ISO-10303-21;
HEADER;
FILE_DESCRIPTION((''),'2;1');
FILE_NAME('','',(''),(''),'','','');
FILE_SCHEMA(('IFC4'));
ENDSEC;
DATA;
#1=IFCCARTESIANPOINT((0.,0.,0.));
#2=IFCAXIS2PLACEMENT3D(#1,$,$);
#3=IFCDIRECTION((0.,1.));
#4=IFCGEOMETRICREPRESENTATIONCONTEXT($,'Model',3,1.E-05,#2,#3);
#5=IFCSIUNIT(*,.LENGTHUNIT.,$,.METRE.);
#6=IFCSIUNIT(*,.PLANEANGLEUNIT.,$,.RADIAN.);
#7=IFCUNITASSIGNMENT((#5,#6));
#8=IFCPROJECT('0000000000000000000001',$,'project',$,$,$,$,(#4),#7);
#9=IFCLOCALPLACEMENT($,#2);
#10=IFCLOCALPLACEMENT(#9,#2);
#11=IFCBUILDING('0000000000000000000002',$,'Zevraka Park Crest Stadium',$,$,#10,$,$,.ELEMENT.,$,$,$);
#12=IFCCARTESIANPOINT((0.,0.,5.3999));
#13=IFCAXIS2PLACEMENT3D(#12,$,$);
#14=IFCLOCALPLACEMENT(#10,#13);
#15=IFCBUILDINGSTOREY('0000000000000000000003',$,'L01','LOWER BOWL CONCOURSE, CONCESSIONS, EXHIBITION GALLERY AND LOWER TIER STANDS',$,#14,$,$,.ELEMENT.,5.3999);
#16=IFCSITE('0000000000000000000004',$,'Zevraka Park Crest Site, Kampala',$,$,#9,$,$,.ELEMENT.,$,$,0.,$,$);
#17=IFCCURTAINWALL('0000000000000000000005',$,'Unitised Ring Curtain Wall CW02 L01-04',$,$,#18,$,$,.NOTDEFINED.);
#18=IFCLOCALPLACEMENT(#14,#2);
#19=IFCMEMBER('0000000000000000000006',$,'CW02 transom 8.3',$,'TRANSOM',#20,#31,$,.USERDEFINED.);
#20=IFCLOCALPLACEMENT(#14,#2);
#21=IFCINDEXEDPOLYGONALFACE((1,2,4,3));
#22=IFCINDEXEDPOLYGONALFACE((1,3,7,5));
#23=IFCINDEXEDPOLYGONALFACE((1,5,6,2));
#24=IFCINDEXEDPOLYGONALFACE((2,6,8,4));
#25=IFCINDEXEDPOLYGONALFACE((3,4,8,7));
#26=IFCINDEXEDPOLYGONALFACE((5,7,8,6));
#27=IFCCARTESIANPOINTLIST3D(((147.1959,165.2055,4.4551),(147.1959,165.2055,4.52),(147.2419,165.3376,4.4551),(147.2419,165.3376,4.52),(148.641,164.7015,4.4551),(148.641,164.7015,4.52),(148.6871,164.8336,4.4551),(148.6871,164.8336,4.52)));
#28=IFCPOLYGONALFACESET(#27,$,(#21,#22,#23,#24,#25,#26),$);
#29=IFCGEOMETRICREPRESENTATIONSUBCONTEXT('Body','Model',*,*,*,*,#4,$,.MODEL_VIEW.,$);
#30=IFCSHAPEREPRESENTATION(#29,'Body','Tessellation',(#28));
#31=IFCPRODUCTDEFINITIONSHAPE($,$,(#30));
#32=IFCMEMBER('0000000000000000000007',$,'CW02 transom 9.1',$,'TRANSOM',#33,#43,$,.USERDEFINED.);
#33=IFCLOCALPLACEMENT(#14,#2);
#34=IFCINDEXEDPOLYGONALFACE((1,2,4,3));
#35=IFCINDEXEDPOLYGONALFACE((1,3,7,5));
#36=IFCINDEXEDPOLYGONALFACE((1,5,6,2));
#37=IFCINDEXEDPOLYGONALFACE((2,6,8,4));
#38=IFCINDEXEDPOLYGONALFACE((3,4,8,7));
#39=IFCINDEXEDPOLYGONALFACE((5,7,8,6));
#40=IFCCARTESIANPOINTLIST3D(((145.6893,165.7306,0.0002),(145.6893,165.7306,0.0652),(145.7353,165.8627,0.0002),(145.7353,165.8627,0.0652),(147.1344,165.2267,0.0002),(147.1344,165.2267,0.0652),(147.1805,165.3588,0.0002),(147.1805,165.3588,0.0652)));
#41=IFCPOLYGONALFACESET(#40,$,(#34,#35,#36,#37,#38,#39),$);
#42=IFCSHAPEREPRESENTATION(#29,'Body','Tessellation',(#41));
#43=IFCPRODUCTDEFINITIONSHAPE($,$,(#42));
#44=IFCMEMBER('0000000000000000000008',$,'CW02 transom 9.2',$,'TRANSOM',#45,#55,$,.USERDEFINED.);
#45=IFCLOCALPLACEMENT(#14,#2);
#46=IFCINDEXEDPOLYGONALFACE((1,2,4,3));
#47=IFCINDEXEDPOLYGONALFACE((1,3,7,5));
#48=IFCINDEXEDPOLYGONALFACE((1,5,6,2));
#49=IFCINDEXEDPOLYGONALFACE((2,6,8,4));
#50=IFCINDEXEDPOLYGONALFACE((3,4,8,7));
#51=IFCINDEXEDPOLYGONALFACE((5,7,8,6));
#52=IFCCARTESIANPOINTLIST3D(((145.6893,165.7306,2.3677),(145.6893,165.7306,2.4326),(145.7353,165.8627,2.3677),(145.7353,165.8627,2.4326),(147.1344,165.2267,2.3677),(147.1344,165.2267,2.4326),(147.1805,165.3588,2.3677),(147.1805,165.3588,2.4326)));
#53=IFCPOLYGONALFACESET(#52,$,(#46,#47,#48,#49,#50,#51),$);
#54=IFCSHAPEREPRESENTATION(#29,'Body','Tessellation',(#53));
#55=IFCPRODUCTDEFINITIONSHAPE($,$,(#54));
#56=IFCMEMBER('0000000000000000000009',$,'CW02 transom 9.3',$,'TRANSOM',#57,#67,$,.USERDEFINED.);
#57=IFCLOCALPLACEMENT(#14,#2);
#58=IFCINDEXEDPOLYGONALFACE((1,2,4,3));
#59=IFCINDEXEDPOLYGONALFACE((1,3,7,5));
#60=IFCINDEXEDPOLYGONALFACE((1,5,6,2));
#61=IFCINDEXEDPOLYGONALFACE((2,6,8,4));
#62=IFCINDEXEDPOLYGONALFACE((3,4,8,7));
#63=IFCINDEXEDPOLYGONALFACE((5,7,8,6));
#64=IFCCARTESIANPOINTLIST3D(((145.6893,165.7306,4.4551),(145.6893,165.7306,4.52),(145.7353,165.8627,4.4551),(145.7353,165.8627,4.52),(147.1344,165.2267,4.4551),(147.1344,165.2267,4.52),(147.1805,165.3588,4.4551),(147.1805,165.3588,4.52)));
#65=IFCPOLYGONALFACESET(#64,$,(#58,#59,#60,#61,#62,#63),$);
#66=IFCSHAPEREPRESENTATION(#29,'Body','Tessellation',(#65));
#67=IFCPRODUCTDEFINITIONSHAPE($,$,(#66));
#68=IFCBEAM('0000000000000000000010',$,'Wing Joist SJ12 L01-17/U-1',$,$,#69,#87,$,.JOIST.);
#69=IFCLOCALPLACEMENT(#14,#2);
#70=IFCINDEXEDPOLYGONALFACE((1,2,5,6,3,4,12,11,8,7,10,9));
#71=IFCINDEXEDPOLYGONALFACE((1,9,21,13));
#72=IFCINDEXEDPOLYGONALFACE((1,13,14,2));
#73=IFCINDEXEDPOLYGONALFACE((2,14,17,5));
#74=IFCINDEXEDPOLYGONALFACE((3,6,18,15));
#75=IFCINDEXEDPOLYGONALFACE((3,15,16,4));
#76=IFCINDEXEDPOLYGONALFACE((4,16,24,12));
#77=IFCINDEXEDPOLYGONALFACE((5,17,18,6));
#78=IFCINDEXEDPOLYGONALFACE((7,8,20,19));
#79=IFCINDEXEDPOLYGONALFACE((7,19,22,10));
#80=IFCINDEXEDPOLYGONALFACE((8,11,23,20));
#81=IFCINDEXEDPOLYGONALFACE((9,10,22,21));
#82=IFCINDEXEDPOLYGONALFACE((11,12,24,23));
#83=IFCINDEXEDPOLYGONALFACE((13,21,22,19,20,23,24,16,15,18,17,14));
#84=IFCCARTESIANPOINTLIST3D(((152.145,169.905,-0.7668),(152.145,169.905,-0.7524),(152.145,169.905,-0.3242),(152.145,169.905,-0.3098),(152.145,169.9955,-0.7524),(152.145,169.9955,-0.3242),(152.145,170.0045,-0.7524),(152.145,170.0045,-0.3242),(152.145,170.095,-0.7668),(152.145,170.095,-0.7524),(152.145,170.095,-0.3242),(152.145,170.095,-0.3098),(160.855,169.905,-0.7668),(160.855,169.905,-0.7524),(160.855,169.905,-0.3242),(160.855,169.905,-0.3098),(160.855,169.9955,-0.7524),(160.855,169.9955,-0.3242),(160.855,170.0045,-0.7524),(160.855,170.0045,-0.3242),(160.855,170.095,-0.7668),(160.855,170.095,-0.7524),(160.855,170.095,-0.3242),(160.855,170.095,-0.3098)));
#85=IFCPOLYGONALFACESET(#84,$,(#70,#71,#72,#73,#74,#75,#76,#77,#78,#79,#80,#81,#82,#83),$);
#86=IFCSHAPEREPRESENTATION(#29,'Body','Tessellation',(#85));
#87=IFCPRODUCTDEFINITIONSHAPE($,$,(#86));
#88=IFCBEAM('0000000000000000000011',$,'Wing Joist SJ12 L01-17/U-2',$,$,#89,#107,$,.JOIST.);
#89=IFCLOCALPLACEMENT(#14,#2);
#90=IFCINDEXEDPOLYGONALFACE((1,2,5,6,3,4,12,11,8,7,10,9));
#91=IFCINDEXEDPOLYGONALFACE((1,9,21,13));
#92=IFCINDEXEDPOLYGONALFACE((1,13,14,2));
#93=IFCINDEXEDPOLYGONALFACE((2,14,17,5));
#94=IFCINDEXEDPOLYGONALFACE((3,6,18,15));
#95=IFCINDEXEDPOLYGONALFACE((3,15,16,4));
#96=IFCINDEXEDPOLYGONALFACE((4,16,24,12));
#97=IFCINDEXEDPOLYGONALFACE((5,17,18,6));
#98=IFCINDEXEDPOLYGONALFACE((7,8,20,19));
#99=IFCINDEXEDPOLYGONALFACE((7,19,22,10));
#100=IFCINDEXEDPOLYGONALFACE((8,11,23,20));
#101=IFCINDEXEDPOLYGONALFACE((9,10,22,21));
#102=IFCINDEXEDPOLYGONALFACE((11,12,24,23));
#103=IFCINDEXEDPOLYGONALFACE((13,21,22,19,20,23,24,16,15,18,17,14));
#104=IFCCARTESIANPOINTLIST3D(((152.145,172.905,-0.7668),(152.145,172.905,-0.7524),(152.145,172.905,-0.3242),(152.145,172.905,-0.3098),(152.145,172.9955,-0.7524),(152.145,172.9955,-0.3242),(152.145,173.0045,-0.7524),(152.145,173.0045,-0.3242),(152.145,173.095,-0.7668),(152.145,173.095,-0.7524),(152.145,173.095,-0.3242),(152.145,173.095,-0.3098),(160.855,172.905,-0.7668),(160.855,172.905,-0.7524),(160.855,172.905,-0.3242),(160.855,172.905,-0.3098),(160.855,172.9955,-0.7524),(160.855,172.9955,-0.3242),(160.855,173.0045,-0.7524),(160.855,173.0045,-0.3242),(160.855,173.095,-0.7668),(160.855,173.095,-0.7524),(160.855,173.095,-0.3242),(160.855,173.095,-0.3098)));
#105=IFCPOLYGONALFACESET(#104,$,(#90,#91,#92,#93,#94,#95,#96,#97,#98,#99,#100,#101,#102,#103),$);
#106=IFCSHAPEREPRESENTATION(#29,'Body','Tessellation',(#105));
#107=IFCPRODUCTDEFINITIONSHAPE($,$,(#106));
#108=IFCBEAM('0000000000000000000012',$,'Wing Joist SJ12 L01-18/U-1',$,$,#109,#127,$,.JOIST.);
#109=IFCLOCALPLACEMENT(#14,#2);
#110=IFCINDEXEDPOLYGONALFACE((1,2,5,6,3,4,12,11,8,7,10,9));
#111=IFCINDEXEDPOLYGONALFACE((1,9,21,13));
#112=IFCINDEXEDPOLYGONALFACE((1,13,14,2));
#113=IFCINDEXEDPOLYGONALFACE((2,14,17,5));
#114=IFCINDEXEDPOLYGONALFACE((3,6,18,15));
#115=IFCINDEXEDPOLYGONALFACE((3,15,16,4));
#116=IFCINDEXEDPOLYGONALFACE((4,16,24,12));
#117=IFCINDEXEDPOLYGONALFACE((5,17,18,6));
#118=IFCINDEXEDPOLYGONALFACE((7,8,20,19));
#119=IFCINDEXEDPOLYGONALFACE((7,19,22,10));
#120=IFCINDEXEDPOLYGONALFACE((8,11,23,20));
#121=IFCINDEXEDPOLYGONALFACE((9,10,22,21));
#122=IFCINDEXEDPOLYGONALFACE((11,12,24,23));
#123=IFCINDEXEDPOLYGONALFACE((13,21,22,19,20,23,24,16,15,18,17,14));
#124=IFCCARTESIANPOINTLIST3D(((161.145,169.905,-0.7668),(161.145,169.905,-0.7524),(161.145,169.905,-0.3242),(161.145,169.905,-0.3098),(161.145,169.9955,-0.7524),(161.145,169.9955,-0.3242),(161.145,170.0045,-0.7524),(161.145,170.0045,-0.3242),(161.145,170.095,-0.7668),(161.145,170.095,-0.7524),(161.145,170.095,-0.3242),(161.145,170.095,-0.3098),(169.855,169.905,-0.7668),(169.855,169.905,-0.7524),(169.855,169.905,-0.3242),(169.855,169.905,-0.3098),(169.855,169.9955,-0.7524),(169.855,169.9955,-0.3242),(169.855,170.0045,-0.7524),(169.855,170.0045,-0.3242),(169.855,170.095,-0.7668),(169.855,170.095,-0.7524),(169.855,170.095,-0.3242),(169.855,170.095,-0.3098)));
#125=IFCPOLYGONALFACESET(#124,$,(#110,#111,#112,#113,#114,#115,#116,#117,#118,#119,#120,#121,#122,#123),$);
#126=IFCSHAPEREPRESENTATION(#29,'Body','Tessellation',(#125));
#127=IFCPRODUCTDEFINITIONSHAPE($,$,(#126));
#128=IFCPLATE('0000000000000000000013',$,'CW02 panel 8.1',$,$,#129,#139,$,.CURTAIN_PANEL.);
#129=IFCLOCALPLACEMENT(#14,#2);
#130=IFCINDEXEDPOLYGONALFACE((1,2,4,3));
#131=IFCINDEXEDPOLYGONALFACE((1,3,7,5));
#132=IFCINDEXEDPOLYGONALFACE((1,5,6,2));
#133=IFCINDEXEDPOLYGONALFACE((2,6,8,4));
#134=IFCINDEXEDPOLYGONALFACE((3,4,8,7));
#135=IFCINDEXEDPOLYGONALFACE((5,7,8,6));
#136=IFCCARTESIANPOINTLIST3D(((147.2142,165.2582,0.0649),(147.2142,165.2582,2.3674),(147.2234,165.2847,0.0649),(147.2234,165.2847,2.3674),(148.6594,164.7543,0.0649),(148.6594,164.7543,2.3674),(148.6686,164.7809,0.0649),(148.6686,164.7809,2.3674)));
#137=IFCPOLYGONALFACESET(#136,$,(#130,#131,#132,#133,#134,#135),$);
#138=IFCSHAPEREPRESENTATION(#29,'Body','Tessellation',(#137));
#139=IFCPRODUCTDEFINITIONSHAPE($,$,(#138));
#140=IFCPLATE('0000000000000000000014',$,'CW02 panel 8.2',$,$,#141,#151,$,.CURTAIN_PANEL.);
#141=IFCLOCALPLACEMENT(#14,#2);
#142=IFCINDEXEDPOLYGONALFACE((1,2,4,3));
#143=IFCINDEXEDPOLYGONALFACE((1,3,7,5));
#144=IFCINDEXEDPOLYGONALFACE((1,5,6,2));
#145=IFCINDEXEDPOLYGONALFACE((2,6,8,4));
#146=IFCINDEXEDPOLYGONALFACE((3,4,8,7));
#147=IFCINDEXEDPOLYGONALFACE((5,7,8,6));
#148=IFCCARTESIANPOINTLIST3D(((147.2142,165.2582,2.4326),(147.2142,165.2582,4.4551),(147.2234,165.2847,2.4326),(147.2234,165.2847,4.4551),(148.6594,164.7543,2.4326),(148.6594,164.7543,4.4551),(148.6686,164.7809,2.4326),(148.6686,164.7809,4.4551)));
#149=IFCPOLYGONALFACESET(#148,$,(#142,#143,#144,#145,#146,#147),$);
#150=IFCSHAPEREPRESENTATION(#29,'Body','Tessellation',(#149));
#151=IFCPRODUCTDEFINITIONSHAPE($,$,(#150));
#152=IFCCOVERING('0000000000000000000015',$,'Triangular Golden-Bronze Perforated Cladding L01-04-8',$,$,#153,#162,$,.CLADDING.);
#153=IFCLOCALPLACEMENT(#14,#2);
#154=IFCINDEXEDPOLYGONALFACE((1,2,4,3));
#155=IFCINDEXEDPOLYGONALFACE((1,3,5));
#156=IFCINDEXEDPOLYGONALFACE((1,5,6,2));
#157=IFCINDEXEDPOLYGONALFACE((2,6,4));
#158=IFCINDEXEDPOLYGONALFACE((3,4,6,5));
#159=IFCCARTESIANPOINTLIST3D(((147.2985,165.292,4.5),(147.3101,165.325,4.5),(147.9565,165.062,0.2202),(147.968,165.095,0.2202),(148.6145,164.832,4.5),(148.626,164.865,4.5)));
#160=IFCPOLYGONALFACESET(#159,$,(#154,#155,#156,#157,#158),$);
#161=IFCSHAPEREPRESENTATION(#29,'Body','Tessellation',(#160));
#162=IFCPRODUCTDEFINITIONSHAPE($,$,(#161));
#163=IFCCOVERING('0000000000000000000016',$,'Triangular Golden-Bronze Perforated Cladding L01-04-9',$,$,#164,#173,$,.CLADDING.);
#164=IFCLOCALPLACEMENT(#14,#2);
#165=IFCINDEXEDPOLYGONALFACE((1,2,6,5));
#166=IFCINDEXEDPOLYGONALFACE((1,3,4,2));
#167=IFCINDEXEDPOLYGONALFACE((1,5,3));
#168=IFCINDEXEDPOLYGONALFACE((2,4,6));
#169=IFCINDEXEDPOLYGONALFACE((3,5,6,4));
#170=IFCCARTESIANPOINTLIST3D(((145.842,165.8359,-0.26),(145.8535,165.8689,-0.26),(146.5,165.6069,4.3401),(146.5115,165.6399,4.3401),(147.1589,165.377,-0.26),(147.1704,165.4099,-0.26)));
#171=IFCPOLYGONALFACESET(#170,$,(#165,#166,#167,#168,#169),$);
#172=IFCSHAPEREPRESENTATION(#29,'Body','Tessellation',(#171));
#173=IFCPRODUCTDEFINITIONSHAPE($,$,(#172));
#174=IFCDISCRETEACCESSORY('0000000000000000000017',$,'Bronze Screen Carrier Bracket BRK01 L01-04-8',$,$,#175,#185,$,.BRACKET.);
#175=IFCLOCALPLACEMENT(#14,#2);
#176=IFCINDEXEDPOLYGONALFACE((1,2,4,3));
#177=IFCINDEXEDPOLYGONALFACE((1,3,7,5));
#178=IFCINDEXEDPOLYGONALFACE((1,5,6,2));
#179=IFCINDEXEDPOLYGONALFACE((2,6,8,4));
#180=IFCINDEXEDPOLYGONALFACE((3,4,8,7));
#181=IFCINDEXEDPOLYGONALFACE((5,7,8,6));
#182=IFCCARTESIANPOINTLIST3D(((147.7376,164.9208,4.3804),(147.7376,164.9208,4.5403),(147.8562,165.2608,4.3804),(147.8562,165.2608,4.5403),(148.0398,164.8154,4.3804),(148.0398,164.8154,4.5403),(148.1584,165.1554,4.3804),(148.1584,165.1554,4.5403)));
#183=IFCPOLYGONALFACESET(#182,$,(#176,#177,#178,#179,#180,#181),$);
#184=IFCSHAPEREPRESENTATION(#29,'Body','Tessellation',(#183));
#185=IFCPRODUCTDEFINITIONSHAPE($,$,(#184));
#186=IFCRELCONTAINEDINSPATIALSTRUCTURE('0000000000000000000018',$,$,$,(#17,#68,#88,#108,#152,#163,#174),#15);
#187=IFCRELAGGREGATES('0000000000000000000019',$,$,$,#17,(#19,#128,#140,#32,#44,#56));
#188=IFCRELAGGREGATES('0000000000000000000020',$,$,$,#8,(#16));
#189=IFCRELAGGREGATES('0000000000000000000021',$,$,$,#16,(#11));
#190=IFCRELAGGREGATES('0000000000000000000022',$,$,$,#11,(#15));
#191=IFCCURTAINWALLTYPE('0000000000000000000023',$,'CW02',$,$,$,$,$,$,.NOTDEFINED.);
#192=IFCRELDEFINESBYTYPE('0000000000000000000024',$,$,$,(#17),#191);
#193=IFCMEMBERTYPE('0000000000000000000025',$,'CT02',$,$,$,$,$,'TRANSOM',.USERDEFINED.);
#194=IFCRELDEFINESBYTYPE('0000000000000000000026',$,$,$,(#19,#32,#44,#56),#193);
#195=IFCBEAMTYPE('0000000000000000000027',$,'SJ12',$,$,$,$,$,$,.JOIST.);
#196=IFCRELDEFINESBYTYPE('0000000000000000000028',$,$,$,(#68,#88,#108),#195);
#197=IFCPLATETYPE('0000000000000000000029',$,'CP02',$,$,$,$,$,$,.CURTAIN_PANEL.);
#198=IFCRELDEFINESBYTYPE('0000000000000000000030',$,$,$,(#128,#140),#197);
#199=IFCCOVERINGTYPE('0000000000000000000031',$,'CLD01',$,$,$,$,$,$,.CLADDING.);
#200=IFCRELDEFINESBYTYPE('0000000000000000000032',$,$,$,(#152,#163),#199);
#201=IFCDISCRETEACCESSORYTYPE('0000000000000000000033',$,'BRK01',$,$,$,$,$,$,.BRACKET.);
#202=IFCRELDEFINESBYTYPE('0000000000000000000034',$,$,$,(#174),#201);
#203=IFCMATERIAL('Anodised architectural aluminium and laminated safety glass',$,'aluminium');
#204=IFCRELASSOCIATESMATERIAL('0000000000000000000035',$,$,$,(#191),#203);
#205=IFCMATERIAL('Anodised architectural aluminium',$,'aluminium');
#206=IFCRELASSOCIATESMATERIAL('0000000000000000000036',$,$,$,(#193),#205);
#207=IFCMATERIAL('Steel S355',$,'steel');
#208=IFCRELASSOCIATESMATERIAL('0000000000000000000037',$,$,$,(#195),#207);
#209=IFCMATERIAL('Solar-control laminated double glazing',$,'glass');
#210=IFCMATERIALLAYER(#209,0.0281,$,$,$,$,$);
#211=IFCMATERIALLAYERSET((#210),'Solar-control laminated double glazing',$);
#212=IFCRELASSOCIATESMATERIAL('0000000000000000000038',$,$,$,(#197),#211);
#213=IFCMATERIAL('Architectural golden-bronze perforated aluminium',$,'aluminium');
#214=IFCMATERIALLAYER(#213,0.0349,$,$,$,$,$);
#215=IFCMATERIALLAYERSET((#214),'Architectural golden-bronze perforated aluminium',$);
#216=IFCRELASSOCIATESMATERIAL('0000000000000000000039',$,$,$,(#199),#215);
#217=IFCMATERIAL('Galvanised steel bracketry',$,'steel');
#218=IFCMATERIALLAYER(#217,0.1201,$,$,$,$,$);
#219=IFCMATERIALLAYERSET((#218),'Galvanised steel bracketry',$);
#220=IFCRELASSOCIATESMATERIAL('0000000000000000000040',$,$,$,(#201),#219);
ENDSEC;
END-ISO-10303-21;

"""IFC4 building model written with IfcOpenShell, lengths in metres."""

from ifc_helpers import new_model, si_unit, direction, frame, origin, origin_2d, place, context, subcontext, project, spatial, polyline, rectangle, i_section, outline, extrude, material, layer, layer_set, material_profile, profile_set, type_object, element, aggregate, save


model = new_model("IFC4")

# Units and contexts
model_context = context("Model", 3, precision=1e-05, world=origin(), true_north=direction((0.0, 1.0)))
body_context = subcontext(model_context, "Body", "Model", "MODEL_VIEW")
ifc_project = project(units=[si_unit("LENGTHUNIT", "METRE"), si_unit("PLANEANGLEUNIT", "RADIAN")], contexts=[model_context])

# Site, building, storey
site_placement = place(None, origin())
site = spatial("IfcSite", under=ifc_project, at=site_placement, Name="Zevraka Park Crest Site, Kampala", CompositionType="ELEMENT", RefElevation=0.0)
building_placement = place(site_placement, origin())
building = spatial("IfcBuilding", under=site, at=building_placement, Name="Zevraka Park Crest Stadium", CompositionType="ELEMENT")
storey_placement = place(building_placement, frame((0.0, 0.0, 5.3999)))
storey = spatial("IfcBuildingStorey", under=building, at=storey_placement, Name="L01", Description="LOWER BOWL CONCOURSE, CONCESSIONS, EXHIBITION GALLERY AND LOWER TIER STANDS", CompositionType="ELEMENT", Elevation=5.3999)

# Curtain wall, members
ifc_material_1 = material(Name="Anodised architectural aluminium and laminated safety glass", Category="aluminium")
curtain_wall_type = type_object("IfcCurtainWallType", Name="CW02", PredefinedType="NOTDEFINED", material=ifc_material_1)
curtain_wall_placement = place(storey_placement, origin())
curtain_wall = element("IfcCurtainWall", 1, at=curtain_wall_placement, inside=storey, type_object=curtain_wall_type, Name="Unitised Ring Curtain Wall CW02 L01-04", PredefinedType="NOTDEFINED")
ifc_material_2 = material(Name="Anodised architectural aluminium", Category="aluminium")
ifc_material_profile_1 = material_profile(ifc_material_2, rectangle(XDim=0.1399, YDim=0.0649, at=origin_2d()), Name="ALU TRANSOM 140x65")
ifc_profile_set_1 = profile_set([ifc_material_profile_1], Name="Anodised architectural aluminium")
member_type_1 = type_object("IfcMemberType", Name="CT02", ElementType="TRANSOM", PredefinedType="USERDEFINED", material=ifc_profile_set_1)
member_1_placement = place(storey_placement, frame((148.6641, 164.7676, 4.4875), z_axis=(-0.944238, 0.329263, 0.0), x_axis=(-0.329263, -0.944238, 0.0)))
member_1 = element("IfcMember", 2, at=member_1_placement, type_object=member_type_1, Name="CW02 transom 8.3", ObjectType="TRANSOM", PredefinedType="USERDEFINED", context=body_context, shape_type="SweptSolid", body=[
    extrude(rectangle(XDim=0.1399, YDim=0.0649, at=origin_2d()), origin(), (0.0, 0.0, 1.0), 1.5305),
])
member_2_placement = place(storey_placement, frame((147.1575, 165.2927, 0.0327), z_axis=(-0.944238, 0.329263, 0.0), x_axis=(-0.329263, -0.944238, 0.0)))
member_2 = element("IfcMember", 3, at=member_2_placement, type_object=member_type_1, Name="CW02 transom 9.1", ObjectType="TRANSOM", PredefinedType="USERDEFINED", context=body_context, shape_type="SweptSolid", body=[
    extrude(rectangle(XDim=0.1399, YDim=0.0649, at=origin_2d()), origin(), (0.0, 0.0, 1.0), 1.5305),
])
member_3_placement = place(storey_placement, frame((147.1575, 165.2927, 2.4001), z_axis=(-0.944238, 0.329263, 0.0), x_axis=(-0.329263, -0.944238, 0.0)))
member_3 = element("IfcMember", 4, at=member_3_placement, type_object=member_type_1, Name="CW02 transom 9.2", ObjectType="TRANSOM", PredefinedType="USERDEFINED", context=body_context, shape_type="SweptSolid", body=[
    extrude(rectangle(XDim=0.1399, YDim=0.0649, at=origin_2d()), origin(), (0.0, 0.0, 1.0), 1.5305),
])
member_4_placement = place(storey_placement, frame((147.1575, 165.2927, 4.4875), z_axis=(-0.944238, 0.329263, 0.0), x_axis=(-0.329263, -0.944238, 0.0)))
member_4 = element("IfcMember", 5, at=member_4_placement, type_object=member_type_1, Name="CW02 transom 9.3", ObjectType="TRANSOM", PredefinedType="USERDEFINED", context=body_context, shape_type="SweptSolid", body=[
    extrude(rectangle(XDim=0.1399, YDim=0.0649, at=origin_2d()), origin(), (0.0, 0.0, 1.0), 1.5305),
])

# Beams
ifc_material_3 = material(Name="Steel S355", Category="steel")
ifc_material_profile_2 = material_profile(ifc_material_3, i_section(OverallWidth=0.1899, OverallDepth=0.457, WebThickness=0.009, FlangeThickness=0.0144, at=origin_2d()), Name="UKB 457x191x74")
ifc_profile_set_2 = profile_set([ifc_material_profile_2], Name="Steel S355")
beam_type_1 = type_object("IfcBeamType", Name="SJ12", PredefinedType="JOIST", material=ifc_profile_set_2)
for number, where, z_axis, x_axis, name in (
    (6, (152.145, 170.0, -0.5383), (1.0, 0.0, 0.0), (0.0, 1.0, 0.0), "Wing Joist SJ12 L01-17/U-1"),
    (7, (152.145, 173.0, -0.5383), (1.0, 0.0, 0.0), (0.0, 1.0, 0.0), "Wing Joist SJ12 L01-17/U-2"),
    (8, (161.145, 170.0, -0.5383), (1.0, 0.0, 0.0), (0.0, 1.0, 0.0), "Wing Joist SJ12 L01-18/U-1"),
):
    element("IfcBeam", number, at=place(storey_placement, frame(where, z_axis=z_axis, x_axis=x_axis)), inside=storey, type_object=beam_type_1, Name=name, PredefinedType="JOIST", context=body_context, shape_type="SweptSolid", body=[
        extrude(i_section(OverallWidth=0.1899, OverallDepth=0.457, WebThickness=0.009, FlangeThickness=0.0144, at=origin_2d()), origin(), (0.0, 0.0, 1.0), 8.71),
    ])

# Plates
ifc_material_4 = material(Name="Solar-control laminated double glazing", Category="glass")
ifc_layer_1 = layer(ifc_material_4, 0.0281)
ifc_layer_set_1 = layer_set([ifc_layer_1], Name="Solar-control laminated double glazing")
plate_type = type_object("IfcPlateType", Name="CP02", PredefinedType="CURTAIN_PANEL", material=ifc_layer_set_1)
plate_1_placement = place(storey_placement, frame((147.9414, 165.0195, 0.0649), z_axis=(0.0, 0.0, 1.0), x_axis=(-0.944257, 0.329209, 0.0)))
plate_1 = element("IfcPlate", 9, at=plate_1_placement, type_object=plate_type, Name="CW02 panel 8.1", PredefinedType="CURTAIN_PANEL", context=body_context, shape_type="SweptSolid", body=[
    extrude(rectangle(XDim=1.5305, YDim=0.0281, at=origin_2d()), origin(), (0.0, 0.0, 1.0), 2.3025),
])
plate_2_placement = place(storey_placement, frame((147.9414, 165.0195, 2.4326), z_axis=(0.0, 0.0, 1.0), x_axis=(-0.944257, 0.329209, 0.0)))
plate_2 = element("IfcPlate", 10, at=plate_2_placement, type_object=plate_type, Name="CW02 panel 8.2", PredefinedType="CURTAIN_PANEL", context=body_context, shape_type="SweptSolid", body=[
    extrude(rectangle(XDim=1.5305, YDim=0.0281, at=origin_2d()), origin(), (0.0, 0.0, 1.0), 2.0225),
])
aggregate(curtain_wall, [member_1, plate_1, plate_2, member_2, member_3, member_4])

# Coverings
ifc_material_5 = material(Name="Architectural golden-bronze perforated aluminium", Category="aluminium")
ifc_layer_2 = layer(ifc_material_5, 0.0349)
ifc_layer_set_2 = layer_set([ifc_layer_2], Name="Architectural golden-bronze perforated aluminium")
covering_type = type_object("IfcCoveringType", Name="CLD01", PredefinedType="CLADDING", material=ifc_layer_set_2)
covering_1_placement = place(storey_placement, frame((147.3101, 165.325, 4.5), z_axis=(0.32996, 0.943995, 0.0), x_axis=(0.943995, -0.32996, 0.0)))
element("IfcCovering", 11, at=covering_1_placement, inside=storey, type_object=covering_type, Name="Triangular Golden-Bronze Perforated Cladding L01-04-8", PredefinedType="CLADDING", context=body_context, shape_type="SweptSolid", body=[
    extrude(outline(polyline([(0.0, 0.0), (1.394, 0.0), (0.697, 4.2798), (0.0, 0.0)])), origin(), (0.0, 0.0, -1.0), 0.0349),
])
covering_2_placement = place(storey_placement, frame((147.1589, 165.377, -0.26), z_axis=(-0.329118, -0.944289, 0.000065), x_axis=(-0.944289, 0.329118, 0.0)))
element("IfcCovering", 12, at=covering_2_placement, inside=storey, type_object=covering_type, Name="Triangular Golden-Bronze Perforated Cladding L01-04-9", PredefinedType="CLADDING", context=body_context, shape_type="SweptSolid", body=[
    extrude(outline(polyline([(0.0, 0.0), (1.3946, 0.0), (0.6979, -4.6001), (0.0, 0.0)])), origin(), (0.0, 0.0, -1.0), 0.0349),
])

# Discrete accessory
ifc_material_6 = material(Name="Galvanised steel bracketry", Category="steel")
ifc_layer_3 = layer(ifc_material_6, 0.1201)
ifc_layer_set_3 = layer_set([ifc_layer_3], Name="Galvanised steel bracketry")
discrete_accessory_type = type_object("IfcDiscreteAccessoryType", Name="BRK01", PredefinedType="BRACKET", material=ifc_layer_set_3)
discrete_accessory_placement = place(storey_placement, frame((147.948, 165.0381, 4.3804), z_axis=(0.0, 0.0, 1.0), x_axis=(-0.944262, 0.329196, 0.0)))
element("IfcDiscreteAccessory", 13, at=discrete_accessory_placement, inside=storey, type_object=discrete_accessory_type, Name="Bronze Screen Carrier Bracket BRK01 L01-04-8", PredefinedType="BRACKET", context=body_context, shape_type="SweptSolid", body=[
    extrude(rectangle(XDim=0.3201, YDim=0.3601, at=origin_2d()), origin(), (0.0, 0.0, 1.0), 0.1599),
])

save(model, "model.ifc")
